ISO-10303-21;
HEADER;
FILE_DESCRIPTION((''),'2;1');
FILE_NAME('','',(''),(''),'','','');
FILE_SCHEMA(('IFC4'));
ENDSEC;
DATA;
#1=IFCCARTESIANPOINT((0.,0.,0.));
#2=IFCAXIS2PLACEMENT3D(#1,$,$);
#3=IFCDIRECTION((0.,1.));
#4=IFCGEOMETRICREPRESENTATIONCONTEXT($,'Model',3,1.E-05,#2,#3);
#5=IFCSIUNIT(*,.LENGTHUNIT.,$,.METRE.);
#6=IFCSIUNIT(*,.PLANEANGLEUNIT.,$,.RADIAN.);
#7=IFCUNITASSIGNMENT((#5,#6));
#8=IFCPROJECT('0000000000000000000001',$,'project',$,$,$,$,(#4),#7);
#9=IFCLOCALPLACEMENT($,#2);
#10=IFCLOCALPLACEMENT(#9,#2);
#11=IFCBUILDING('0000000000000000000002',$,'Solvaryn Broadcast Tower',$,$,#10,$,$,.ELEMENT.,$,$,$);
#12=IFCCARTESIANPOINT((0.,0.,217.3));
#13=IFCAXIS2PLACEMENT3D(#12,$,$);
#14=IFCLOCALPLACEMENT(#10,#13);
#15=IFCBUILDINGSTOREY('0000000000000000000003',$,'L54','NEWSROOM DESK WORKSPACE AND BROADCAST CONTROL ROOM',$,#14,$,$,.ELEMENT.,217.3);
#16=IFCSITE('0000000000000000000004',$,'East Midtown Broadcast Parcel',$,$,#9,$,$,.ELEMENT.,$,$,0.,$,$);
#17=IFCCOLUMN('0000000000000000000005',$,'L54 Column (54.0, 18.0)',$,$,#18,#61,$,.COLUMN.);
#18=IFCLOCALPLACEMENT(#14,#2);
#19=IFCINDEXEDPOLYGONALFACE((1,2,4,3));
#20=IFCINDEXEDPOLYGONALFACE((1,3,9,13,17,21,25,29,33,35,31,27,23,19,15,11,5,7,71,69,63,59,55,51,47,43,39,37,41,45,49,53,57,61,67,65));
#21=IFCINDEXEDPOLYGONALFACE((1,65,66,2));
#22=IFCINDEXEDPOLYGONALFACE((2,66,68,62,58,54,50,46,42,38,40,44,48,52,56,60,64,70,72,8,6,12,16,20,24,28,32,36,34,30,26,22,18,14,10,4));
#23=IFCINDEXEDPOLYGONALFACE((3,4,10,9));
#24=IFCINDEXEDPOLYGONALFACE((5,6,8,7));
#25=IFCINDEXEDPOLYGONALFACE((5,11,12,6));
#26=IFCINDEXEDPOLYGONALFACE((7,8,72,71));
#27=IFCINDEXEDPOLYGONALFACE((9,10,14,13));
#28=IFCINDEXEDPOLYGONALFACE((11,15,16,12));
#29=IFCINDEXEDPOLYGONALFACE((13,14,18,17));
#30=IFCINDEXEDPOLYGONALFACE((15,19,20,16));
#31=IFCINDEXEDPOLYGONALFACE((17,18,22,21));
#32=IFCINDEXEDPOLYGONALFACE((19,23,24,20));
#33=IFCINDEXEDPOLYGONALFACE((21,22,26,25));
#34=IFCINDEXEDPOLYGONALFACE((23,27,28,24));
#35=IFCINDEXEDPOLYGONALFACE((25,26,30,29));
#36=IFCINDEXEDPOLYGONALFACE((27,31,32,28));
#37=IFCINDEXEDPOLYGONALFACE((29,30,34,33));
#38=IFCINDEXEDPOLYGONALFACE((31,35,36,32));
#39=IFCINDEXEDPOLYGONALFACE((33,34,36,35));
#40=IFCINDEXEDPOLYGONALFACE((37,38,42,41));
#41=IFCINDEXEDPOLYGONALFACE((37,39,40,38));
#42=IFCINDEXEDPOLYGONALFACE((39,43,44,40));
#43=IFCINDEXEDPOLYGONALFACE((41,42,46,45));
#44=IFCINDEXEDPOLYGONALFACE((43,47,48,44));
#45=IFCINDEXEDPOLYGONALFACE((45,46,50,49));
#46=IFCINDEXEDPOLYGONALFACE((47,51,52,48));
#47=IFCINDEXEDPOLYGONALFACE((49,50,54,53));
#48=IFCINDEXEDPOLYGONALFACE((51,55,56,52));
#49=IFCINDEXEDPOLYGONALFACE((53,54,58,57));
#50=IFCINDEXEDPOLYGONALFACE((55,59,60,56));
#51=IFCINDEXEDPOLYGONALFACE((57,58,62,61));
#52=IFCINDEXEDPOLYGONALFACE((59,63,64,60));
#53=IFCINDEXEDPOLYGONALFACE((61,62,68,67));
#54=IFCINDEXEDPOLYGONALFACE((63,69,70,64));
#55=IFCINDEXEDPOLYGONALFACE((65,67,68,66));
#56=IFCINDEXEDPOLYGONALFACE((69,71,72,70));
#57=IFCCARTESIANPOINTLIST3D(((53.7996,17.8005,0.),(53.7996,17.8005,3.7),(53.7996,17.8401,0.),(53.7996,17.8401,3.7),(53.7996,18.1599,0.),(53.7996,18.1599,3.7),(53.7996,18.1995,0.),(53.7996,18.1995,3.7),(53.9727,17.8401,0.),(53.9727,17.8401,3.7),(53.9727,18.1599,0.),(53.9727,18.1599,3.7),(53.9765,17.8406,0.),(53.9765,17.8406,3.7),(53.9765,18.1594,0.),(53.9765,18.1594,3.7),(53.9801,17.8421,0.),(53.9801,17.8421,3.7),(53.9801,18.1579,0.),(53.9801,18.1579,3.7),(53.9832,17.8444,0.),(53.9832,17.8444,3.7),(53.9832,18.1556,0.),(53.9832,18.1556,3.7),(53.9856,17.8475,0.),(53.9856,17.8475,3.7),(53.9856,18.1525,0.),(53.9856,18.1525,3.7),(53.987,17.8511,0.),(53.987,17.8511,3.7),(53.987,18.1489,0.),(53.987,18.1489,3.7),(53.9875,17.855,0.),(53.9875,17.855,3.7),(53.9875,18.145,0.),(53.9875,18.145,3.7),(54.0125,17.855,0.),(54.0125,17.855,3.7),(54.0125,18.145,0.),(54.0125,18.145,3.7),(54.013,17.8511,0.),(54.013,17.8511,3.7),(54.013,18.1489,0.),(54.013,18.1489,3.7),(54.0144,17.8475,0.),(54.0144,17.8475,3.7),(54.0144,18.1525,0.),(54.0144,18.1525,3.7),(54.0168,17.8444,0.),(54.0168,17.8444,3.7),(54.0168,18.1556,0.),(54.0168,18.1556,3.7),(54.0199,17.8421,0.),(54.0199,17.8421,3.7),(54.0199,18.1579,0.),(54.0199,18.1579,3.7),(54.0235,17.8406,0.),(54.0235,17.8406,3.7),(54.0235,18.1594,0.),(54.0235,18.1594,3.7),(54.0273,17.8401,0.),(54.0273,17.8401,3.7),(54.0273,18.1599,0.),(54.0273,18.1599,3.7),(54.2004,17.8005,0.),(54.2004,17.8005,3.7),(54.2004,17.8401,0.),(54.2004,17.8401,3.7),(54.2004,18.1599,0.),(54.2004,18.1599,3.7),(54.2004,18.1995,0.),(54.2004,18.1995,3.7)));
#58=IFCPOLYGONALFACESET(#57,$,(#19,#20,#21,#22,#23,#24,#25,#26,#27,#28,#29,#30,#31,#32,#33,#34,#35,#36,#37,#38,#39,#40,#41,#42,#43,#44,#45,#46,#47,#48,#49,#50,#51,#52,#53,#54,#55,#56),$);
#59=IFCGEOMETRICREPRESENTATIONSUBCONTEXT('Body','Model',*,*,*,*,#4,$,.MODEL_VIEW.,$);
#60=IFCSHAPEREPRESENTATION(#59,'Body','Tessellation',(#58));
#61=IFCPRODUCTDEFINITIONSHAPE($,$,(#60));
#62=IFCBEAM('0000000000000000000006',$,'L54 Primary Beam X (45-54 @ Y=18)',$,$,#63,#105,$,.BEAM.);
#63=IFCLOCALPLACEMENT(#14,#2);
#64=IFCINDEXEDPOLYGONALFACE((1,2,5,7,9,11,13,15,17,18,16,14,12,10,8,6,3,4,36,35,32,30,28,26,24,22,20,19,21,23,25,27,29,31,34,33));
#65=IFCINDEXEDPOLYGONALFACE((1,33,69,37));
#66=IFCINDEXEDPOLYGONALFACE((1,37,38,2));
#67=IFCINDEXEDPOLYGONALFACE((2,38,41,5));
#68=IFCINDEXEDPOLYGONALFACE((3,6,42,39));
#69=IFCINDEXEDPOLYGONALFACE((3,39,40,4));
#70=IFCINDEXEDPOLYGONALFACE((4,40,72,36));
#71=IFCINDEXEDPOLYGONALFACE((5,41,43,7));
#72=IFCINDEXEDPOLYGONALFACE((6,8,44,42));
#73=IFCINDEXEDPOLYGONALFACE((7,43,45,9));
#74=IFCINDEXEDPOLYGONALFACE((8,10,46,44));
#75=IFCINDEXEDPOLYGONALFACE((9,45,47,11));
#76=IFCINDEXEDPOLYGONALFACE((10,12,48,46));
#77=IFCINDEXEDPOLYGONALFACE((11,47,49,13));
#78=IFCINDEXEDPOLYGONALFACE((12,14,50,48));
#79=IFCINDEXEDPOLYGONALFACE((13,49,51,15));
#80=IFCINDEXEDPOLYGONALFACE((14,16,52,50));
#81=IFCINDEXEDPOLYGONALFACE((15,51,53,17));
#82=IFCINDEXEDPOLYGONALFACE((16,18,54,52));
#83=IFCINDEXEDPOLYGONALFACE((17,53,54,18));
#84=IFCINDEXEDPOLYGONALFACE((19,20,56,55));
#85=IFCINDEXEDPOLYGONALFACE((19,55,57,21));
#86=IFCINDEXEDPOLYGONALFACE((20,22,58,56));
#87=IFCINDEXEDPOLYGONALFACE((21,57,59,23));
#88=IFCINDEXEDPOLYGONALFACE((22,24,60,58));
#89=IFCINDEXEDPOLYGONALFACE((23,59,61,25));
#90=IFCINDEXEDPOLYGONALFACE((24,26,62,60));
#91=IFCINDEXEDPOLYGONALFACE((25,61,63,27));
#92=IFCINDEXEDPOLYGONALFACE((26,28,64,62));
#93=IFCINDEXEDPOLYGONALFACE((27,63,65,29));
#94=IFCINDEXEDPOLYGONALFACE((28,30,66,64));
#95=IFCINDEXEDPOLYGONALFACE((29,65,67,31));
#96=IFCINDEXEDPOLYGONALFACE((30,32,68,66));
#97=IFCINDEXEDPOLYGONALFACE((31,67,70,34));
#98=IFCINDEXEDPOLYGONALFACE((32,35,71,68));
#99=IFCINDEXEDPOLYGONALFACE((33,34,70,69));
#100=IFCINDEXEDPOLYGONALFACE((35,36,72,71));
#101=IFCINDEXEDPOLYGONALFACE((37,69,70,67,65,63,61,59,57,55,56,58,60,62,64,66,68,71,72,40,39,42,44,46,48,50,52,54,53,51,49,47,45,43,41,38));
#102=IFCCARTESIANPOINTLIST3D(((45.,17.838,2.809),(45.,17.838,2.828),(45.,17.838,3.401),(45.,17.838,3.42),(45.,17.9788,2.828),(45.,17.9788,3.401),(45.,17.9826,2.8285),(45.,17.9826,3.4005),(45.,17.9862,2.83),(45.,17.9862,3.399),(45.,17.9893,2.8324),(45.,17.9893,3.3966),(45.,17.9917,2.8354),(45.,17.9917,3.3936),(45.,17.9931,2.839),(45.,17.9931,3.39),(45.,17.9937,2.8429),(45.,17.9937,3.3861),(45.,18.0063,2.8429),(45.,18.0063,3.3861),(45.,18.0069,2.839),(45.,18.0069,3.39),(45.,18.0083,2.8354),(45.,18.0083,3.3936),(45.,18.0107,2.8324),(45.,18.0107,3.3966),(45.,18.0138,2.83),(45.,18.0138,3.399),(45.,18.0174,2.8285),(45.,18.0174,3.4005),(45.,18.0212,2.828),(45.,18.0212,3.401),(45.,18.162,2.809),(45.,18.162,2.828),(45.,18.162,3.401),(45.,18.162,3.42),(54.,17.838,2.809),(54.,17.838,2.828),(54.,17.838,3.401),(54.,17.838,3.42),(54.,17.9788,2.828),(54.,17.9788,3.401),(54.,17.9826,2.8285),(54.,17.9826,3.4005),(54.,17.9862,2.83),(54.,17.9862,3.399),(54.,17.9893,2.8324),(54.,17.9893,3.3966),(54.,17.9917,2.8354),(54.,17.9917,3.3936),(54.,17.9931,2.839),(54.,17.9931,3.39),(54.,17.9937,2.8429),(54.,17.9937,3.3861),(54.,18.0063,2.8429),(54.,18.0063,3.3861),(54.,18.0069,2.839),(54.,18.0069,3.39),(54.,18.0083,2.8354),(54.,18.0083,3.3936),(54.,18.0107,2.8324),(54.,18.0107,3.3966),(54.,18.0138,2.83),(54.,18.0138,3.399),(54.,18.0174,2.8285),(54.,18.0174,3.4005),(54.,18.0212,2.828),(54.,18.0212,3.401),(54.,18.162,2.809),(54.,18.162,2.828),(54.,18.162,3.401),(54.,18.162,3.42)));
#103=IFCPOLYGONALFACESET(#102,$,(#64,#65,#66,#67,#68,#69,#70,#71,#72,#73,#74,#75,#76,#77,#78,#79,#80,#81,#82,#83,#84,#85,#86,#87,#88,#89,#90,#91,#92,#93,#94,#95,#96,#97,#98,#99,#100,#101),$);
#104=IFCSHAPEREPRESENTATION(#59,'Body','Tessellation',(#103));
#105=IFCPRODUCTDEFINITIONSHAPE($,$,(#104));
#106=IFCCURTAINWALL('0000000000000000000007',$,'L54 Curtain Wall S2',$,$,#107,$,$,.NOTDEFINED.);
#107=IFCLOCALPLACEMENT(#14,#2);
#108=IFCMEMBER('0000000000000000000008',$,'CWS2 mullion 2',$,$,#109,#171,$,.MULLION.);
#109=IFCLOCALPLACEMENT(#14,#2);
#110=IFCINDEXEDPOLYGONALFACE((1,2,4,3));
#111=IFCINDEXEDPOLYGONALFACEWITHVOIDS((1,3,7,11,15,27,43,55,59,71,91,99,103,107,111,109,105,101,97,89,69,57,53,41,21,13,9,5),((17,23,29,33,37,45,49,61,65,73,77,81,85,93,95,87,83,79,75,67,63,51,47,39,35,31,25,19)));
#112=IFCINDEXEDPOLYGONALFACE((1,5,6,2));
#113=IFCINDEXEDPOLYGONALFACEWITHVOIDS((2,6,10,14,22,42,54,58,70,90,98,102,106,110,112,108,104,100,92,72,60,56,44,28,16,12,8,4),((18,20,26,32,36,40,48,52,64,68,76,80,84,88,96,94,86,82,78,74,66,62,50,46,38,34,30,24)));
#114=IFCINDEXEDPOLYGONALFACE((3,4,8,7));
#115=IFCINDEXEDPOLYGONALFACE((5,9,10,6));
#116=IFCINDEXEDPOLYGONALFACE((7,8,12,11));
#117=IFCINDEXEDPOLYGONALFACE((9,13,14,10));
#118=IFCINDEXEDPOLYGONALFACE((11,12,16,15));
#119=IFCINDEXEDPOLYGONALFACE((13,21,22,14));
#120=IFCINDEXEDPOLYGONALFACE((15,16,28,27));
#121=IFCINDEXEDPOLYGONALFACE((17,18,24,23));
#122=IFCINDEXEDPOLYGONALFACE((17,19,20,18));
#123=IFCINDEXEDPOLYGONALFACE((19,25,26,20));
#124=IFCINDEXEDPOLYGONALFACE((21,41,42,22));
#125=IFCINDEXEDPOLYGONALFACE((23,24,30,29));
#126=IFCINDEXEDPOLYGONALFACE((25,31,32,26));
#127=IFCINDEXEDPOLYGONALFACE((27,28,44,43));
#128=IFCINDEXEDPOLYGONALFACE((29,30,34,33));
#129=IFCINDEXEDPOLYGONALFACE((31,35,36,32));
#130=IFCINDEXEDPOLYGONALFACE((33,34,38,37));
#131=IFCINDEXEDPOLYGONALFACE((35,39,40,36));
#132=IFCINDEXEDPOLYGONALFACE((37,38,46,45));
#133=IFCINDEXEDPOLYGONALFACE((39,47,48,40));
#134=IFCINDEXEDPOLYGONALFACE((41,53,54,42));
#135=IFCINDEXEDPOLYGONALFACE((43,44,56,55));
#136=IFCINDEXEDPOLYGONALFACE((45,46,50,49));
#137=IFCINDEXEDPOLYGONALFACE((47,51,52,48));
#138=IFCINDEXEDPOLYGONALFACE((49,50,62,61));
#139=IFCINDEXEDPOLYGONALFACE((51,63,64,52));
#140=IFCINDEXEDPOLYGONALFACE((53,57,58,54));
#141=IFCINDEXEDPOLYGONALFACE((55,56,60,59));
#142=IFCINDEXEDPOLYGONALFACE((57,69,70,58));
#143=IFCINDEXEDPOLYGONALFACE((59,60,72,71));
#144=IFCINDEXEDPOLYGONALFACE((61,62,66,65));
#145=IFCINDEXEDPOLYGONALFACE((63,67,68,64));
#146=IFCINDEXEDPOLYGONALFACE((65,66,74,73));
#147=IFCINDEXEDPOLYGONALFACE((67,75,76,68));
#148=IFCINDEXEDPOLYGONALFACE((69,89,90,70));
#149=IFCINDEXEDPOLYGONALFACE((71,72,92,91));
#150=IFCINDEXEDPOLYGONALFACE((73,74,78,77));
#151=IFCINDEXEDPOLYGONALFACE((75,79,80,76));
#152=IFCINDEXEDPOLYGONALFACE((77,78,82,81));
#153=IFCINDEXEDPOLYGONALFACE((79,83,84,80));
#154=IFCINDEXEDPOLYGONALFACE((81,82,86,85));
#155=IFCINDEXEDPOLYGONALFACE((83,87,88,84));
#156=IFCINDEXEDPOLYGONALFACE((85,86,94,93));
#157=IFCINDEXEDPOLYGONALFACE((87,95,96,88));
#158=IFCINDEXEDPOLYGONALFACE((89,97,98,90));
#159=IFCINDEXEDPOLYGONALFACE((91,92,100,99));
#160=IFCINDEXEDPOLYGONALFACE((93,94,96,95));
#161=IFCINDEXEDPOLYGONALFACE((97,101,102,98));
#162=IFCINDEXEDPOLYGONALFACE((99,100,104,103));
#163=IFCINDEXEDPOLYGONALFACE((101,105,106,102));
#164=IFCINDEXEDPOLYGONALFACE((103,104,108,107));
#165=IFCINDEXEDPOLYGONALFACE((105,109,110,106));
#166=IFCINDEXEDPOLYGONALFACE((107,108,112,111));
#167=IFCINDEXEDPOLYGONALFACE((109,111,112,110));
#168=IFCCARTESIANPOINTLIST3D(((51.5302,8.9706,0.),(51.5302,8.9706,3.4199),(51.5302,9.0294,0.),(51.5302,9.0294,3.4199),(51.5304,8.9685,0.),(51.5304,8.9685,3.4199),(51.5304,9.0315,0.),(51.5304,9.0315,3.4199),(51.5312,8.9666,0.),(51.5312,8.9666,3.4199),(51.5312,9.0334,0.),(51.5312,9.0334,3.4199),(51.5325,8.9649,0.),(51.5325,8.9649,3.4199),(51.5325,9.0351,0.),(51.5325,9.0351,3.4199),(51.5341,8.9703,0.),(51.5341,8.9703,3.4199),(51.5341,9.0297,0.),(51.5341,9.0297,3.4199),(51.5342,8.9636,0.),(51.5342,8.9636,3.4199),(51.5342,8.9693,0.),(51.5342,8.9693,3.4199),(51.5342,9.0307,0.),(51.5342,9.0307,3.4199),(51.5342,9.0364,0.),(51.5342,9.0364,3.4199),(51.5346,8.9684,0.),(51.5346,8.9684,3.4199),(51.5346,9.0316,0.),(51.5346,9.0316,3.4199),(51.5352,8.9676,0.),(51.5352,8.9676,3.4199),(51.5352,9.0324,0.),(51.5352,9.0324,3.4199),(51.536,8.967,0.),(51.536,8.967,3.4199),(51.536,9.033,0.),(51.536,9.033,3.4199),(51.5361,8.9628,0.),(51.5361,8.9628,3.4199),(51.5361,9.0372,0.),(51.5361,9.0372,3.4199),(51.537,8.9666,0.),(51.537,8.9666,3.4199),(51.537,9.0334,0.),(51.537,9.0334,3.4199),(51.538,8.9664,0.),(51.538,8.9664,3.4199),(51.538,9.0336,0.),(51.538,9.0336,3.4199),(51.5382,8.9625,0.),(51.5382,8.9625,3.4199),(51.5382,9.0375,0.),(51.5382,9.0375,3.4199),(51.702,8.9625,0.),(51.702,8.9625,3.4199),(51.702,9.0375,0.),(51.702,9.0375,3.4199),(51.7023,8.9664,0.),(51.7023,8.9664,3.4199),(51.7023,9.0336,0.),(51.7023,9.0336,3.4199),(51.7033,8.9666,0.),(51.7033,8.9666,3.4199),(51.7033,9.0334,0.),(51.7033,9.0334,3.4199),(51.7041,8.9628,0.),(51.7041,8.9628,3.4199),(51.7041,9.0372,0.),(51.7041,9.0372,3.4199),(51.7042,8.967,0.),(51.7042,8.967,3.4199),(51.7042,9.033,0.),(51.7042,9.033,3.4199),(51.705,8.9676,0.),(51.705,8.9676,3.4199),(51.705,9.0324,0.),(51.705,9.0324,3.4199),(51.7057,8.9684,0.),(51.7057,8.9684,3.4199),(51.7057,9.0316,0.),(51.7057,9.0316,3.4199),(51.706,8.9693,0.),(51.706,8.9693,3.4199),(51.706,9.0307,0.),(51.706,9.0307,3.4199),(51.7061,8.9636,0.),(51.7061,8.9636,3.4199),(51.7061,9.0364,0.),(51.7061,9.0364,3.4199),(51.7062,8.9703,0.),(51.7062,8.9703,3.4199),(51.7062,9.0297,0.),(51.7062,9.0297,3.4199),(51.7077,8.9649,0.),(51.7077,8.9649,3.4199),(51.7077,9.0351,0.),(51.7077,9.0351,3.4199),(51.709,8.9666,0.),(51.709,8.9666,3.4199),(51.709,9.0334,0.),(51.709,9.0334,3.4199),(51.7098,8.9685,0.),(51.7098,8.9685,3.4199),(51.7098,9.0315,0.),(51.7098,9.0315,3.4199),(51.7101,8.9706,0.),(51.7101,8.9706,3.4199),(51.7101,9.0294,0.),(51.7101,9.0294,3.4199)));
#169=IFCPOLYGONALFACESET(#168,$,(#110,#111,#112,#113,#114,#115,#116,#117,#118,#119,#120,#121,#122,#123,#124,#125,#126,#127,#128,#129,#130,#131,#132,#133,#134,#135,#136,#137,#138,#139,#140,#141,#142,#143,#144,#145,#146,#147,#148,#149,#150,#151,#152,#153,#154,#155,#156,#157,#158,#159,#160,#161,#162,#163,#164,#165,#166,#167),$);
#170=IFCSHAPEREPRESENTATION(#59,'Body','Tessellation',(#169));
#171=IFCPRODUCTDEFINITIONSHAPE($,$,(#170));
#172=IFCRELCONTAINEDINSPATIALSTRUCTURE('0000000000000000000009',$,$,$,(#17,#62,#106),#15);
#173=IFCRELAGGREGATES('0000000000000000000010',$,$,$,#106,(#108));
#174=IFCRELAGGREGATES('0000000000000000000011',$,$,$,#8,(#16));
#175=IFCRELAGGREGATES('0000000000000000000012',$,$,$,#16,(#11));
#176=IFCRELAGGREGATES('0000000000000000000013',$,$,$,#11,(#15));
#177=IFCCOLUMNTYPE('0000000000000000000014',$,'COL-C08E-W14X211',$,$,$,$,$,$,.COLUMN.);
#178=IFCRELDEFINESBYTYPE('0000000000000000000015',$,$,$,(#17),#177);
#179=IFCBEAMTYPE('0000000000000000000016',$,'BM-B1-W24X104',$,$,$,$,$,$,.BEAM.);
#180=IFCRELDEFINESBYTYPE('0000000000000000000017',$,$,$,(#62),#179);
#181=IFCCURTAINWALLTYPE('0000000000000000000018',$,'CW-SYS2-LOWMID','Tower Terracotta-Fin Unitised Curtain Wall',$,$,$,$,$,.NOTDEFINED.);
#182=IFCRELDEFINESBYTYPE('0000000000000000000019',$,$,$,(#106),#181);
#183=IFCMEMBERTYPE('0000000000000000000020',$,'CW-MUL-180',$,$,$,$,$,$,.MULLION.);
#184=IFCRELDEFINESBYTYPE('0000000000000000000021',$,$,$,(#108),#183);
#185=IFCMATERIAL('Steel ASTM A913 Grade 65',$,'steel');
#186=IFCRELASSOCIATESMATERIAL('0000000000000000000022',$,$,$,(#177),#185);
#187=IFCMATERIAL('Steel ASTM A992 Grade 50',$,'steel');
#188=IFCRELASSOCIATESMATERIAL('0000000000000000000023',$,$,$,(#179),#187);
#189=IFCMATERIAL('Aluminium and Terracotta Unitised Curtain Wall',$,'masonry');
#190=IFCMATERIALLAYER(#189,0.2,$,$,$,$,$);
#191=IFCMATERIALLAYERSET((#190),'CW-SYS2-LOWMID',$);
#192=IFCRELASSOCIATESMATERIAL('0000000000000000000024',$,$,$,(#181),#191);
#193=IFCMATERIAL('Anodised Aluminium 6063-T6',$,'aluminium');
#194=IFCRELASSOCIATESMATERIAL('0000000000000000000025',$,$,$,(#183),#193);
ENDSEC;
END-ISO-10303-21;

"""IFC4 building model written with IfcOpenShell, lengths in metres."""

from ifc_helpers import new_model, si_unit, direction, frame, origin, origin_2d, place, context, subcontext, project, spatial, hollow_rectangle, i_section, extrude, material, layer, layer_set, material_profile, profile_set, type_object, element, aggregate, save


model = new_model("IFC4")

# Units and contexts
model_context = context("Model", 3, precision=1e-05, world=origin(), true_north=direction((0.0, 1.0)))
body_context = subcontext(model_context, "Body", "Model", "MODEL_VIEW")
ifc_project = project(units=[si_unit("LENGTHUNIT", "METRE"), si_unit("PLANEANGLEUNIT", "RADIAN")], contexts=[model_context])

# Site, building, storey
site_placement = place(None, origin())
site = spatial("IfcSite", under=ifc_project, at=site_placement, Name="East Midtown Broadcast Parcel", CompositionType="ELEMENT", RefElevation=0.0)
building_placement = place(site_placement, origin())
building = spatial("IfcBuilding", under=site, at=building_placement, Name="Solvaryn Broadcast Tower", CompositionType="ELEMENT")
storey_placement = place(building_placement, frame((0.0, 0.0, 217.3)))
storey = spatial("IfcBuildingStorey", under=building, at=storey_placement, Name="L54", Description="NEWSROOM DESK WORKSPACE AND BROADCAST CONTROL ROOM", CompositionType="ELEMENT", Elevation=217.3)

# Column
ifc_material_1 = material(Name="Steel ASTM A913 Grade 65", Category="steel")
ifc_material_profile_1 = material_profile(ifc_material_1, i_section(OverallWidth=0.4009, OverallDepth=0.3989, WebThickness=0.0249, FlangeThickness=0.0396, FilletRadius=0.0149, at=origin_2d()))
ifc_profile_set_1 = profile_set([ifc_material_profile_1], Name="Steel ASTM A913 Grade 65")
column_type = type_object("IfcColumnType", Name="COL-C08E-W14X211", PredefinedType="COLUMN", material=ifc_profile_set_1)
column_placement = place(storey_placement, frame((54.0, 18.0, 0.0), z_axis=(0.0, 0.0, 1.0), x_axis=(1.0, 0.0, 0.0)))
element("IfcColumn", 1, at=column_placement, inside=storey, type_object=column_type, Name="L54 Column (54.0, 18.0)", PredefinedType="COLUMN", context=body_context, shape_type="SweptSolid", body=[
    extrude(i_section(OverallWidth=0.4009, OverallDepth=0.3989, WebThickness=0.0249, FlangeThickness=0.0396, FilletRadius=0.0149, at=origin_2d()), origin(), (0.0, 0.0, 1.0), 3.7),
])

# Beam
ifc_material_2 = material(Name="Steel ASTM A992 Grade 50", Category="steel")
ifc_material_profile_2 = material_profile(ifc_material_2, i_section(OverallWidth=0.324, OverallDepth=0.6111, WebThickness=0.0127, FlangeThickness=0.019, FilletRadius=0.0149, at=origin_2d()))
ifc_profile_set_2 = profile_set([ifc_material_profile_2], Name="Steel ASTM A992 Grade 50")
beam_type = type_object("IfcBeamType", Name="BM-B1-W24X104", PredefinedType="BEAM", material=ifc_profile_set_2)
beam_placement = place(storey_placement, frame((45.0, 18.0, 3.1145), z_axis=(1.0, 0.0, 0.0), x_axis=(0.0, 1.0, 0.0)))
element("IfcBeam", 2, at=beam_placement, inside=storey, type_object=beam_type, Name="L54 Primary Beam X (45-54 @ Y=18)", PredefinedType="BEAM", context=body_context, shape_type="SweptSolid", body=[
    extrude(i_section(OverallWidth=0.324, OverallDepth=0.6111, WebThickness=0.0127, FlangeThickness=0.019, FilletRadius=0.0149, at=origin_2d()), origin(), (0.0, 0.0, 1.0), 9.0),
])

# Curtain wall, member
ifc_material_3 = material(Name="Aluminium and Terracotta Unitised Curtain Wall", Category="masonry")
ifc_layer_1 = layer(ifc_material_3, 0.2)
ifc_layer_set_1 = layer_set([ifc_layer_1], Name="CW-SYS2-LOWMID")
curtain_wall_type = type_object("IfcCurtainWallType", Name="CW-SYS2-LOWMID", Description="Tower Terracotta-Fin Unitised Curtain Wall", PredefinedType="NOTDEFINED", material=ifc_layer_set_1)
curtain_wall_1_placement = place(storey_placement, origin())
curtain_wall_1 = element("IfcCurtainWall", 3, at=curtain_wall_1_placement, inside=storey, type_object=curtain_wall_type, Name="L54 Curtain Wall S2", PredefinedType="NOTDEFINED")
ifc_material_4 = material(Name="Anodised Aluminium 6063-T6", Category="aluminium")
ifc_material_profile_3 = material_profile(ifc_material_4, hollow_rectangle(XDim=0.075, YDim=0.1799, WallThickness=0.0039, InnerFilletRadius=0.0039, OuterFilletRadius=0.0081, at=origin_2d()))
ifc_profile_set_3 = profile_set([ifc_material_profile_3], Name="Anodised Aluminium 6063-T6")
member_type_1 = type_object("IfcMemberType", Name="CW-MUL-180", PredefinedType="MULLION", material=ifc_profile_set_3)
member_1_placement = place(storey_placement, frame((51.6201, 9.0, 0.0), z_axis=(0.0, 0.0, 1.0), x_axis=(0.0, 1.0, 0.0)))
member_1 = element("IfcMember", 4, at=member_1_placement, type_object=member_type_1, Name="CWS2 mullion 2", PredefinedType="MULLION", context=body_context, shape_type="SweptSolid", body=[
    extrude(hollow_rectangle(XDim=0.075, YDim=0.1799, WallThickness=0.0039, InnerFilletRadius=0.0039, OuterFilletRadius=0.0081, at=origin_2d()), origin(), (0.0, 0.0, 1.0), 3.4199),
])

aggregate(curtain_wall_1, [member_1])

save(model, "model.ifc")
